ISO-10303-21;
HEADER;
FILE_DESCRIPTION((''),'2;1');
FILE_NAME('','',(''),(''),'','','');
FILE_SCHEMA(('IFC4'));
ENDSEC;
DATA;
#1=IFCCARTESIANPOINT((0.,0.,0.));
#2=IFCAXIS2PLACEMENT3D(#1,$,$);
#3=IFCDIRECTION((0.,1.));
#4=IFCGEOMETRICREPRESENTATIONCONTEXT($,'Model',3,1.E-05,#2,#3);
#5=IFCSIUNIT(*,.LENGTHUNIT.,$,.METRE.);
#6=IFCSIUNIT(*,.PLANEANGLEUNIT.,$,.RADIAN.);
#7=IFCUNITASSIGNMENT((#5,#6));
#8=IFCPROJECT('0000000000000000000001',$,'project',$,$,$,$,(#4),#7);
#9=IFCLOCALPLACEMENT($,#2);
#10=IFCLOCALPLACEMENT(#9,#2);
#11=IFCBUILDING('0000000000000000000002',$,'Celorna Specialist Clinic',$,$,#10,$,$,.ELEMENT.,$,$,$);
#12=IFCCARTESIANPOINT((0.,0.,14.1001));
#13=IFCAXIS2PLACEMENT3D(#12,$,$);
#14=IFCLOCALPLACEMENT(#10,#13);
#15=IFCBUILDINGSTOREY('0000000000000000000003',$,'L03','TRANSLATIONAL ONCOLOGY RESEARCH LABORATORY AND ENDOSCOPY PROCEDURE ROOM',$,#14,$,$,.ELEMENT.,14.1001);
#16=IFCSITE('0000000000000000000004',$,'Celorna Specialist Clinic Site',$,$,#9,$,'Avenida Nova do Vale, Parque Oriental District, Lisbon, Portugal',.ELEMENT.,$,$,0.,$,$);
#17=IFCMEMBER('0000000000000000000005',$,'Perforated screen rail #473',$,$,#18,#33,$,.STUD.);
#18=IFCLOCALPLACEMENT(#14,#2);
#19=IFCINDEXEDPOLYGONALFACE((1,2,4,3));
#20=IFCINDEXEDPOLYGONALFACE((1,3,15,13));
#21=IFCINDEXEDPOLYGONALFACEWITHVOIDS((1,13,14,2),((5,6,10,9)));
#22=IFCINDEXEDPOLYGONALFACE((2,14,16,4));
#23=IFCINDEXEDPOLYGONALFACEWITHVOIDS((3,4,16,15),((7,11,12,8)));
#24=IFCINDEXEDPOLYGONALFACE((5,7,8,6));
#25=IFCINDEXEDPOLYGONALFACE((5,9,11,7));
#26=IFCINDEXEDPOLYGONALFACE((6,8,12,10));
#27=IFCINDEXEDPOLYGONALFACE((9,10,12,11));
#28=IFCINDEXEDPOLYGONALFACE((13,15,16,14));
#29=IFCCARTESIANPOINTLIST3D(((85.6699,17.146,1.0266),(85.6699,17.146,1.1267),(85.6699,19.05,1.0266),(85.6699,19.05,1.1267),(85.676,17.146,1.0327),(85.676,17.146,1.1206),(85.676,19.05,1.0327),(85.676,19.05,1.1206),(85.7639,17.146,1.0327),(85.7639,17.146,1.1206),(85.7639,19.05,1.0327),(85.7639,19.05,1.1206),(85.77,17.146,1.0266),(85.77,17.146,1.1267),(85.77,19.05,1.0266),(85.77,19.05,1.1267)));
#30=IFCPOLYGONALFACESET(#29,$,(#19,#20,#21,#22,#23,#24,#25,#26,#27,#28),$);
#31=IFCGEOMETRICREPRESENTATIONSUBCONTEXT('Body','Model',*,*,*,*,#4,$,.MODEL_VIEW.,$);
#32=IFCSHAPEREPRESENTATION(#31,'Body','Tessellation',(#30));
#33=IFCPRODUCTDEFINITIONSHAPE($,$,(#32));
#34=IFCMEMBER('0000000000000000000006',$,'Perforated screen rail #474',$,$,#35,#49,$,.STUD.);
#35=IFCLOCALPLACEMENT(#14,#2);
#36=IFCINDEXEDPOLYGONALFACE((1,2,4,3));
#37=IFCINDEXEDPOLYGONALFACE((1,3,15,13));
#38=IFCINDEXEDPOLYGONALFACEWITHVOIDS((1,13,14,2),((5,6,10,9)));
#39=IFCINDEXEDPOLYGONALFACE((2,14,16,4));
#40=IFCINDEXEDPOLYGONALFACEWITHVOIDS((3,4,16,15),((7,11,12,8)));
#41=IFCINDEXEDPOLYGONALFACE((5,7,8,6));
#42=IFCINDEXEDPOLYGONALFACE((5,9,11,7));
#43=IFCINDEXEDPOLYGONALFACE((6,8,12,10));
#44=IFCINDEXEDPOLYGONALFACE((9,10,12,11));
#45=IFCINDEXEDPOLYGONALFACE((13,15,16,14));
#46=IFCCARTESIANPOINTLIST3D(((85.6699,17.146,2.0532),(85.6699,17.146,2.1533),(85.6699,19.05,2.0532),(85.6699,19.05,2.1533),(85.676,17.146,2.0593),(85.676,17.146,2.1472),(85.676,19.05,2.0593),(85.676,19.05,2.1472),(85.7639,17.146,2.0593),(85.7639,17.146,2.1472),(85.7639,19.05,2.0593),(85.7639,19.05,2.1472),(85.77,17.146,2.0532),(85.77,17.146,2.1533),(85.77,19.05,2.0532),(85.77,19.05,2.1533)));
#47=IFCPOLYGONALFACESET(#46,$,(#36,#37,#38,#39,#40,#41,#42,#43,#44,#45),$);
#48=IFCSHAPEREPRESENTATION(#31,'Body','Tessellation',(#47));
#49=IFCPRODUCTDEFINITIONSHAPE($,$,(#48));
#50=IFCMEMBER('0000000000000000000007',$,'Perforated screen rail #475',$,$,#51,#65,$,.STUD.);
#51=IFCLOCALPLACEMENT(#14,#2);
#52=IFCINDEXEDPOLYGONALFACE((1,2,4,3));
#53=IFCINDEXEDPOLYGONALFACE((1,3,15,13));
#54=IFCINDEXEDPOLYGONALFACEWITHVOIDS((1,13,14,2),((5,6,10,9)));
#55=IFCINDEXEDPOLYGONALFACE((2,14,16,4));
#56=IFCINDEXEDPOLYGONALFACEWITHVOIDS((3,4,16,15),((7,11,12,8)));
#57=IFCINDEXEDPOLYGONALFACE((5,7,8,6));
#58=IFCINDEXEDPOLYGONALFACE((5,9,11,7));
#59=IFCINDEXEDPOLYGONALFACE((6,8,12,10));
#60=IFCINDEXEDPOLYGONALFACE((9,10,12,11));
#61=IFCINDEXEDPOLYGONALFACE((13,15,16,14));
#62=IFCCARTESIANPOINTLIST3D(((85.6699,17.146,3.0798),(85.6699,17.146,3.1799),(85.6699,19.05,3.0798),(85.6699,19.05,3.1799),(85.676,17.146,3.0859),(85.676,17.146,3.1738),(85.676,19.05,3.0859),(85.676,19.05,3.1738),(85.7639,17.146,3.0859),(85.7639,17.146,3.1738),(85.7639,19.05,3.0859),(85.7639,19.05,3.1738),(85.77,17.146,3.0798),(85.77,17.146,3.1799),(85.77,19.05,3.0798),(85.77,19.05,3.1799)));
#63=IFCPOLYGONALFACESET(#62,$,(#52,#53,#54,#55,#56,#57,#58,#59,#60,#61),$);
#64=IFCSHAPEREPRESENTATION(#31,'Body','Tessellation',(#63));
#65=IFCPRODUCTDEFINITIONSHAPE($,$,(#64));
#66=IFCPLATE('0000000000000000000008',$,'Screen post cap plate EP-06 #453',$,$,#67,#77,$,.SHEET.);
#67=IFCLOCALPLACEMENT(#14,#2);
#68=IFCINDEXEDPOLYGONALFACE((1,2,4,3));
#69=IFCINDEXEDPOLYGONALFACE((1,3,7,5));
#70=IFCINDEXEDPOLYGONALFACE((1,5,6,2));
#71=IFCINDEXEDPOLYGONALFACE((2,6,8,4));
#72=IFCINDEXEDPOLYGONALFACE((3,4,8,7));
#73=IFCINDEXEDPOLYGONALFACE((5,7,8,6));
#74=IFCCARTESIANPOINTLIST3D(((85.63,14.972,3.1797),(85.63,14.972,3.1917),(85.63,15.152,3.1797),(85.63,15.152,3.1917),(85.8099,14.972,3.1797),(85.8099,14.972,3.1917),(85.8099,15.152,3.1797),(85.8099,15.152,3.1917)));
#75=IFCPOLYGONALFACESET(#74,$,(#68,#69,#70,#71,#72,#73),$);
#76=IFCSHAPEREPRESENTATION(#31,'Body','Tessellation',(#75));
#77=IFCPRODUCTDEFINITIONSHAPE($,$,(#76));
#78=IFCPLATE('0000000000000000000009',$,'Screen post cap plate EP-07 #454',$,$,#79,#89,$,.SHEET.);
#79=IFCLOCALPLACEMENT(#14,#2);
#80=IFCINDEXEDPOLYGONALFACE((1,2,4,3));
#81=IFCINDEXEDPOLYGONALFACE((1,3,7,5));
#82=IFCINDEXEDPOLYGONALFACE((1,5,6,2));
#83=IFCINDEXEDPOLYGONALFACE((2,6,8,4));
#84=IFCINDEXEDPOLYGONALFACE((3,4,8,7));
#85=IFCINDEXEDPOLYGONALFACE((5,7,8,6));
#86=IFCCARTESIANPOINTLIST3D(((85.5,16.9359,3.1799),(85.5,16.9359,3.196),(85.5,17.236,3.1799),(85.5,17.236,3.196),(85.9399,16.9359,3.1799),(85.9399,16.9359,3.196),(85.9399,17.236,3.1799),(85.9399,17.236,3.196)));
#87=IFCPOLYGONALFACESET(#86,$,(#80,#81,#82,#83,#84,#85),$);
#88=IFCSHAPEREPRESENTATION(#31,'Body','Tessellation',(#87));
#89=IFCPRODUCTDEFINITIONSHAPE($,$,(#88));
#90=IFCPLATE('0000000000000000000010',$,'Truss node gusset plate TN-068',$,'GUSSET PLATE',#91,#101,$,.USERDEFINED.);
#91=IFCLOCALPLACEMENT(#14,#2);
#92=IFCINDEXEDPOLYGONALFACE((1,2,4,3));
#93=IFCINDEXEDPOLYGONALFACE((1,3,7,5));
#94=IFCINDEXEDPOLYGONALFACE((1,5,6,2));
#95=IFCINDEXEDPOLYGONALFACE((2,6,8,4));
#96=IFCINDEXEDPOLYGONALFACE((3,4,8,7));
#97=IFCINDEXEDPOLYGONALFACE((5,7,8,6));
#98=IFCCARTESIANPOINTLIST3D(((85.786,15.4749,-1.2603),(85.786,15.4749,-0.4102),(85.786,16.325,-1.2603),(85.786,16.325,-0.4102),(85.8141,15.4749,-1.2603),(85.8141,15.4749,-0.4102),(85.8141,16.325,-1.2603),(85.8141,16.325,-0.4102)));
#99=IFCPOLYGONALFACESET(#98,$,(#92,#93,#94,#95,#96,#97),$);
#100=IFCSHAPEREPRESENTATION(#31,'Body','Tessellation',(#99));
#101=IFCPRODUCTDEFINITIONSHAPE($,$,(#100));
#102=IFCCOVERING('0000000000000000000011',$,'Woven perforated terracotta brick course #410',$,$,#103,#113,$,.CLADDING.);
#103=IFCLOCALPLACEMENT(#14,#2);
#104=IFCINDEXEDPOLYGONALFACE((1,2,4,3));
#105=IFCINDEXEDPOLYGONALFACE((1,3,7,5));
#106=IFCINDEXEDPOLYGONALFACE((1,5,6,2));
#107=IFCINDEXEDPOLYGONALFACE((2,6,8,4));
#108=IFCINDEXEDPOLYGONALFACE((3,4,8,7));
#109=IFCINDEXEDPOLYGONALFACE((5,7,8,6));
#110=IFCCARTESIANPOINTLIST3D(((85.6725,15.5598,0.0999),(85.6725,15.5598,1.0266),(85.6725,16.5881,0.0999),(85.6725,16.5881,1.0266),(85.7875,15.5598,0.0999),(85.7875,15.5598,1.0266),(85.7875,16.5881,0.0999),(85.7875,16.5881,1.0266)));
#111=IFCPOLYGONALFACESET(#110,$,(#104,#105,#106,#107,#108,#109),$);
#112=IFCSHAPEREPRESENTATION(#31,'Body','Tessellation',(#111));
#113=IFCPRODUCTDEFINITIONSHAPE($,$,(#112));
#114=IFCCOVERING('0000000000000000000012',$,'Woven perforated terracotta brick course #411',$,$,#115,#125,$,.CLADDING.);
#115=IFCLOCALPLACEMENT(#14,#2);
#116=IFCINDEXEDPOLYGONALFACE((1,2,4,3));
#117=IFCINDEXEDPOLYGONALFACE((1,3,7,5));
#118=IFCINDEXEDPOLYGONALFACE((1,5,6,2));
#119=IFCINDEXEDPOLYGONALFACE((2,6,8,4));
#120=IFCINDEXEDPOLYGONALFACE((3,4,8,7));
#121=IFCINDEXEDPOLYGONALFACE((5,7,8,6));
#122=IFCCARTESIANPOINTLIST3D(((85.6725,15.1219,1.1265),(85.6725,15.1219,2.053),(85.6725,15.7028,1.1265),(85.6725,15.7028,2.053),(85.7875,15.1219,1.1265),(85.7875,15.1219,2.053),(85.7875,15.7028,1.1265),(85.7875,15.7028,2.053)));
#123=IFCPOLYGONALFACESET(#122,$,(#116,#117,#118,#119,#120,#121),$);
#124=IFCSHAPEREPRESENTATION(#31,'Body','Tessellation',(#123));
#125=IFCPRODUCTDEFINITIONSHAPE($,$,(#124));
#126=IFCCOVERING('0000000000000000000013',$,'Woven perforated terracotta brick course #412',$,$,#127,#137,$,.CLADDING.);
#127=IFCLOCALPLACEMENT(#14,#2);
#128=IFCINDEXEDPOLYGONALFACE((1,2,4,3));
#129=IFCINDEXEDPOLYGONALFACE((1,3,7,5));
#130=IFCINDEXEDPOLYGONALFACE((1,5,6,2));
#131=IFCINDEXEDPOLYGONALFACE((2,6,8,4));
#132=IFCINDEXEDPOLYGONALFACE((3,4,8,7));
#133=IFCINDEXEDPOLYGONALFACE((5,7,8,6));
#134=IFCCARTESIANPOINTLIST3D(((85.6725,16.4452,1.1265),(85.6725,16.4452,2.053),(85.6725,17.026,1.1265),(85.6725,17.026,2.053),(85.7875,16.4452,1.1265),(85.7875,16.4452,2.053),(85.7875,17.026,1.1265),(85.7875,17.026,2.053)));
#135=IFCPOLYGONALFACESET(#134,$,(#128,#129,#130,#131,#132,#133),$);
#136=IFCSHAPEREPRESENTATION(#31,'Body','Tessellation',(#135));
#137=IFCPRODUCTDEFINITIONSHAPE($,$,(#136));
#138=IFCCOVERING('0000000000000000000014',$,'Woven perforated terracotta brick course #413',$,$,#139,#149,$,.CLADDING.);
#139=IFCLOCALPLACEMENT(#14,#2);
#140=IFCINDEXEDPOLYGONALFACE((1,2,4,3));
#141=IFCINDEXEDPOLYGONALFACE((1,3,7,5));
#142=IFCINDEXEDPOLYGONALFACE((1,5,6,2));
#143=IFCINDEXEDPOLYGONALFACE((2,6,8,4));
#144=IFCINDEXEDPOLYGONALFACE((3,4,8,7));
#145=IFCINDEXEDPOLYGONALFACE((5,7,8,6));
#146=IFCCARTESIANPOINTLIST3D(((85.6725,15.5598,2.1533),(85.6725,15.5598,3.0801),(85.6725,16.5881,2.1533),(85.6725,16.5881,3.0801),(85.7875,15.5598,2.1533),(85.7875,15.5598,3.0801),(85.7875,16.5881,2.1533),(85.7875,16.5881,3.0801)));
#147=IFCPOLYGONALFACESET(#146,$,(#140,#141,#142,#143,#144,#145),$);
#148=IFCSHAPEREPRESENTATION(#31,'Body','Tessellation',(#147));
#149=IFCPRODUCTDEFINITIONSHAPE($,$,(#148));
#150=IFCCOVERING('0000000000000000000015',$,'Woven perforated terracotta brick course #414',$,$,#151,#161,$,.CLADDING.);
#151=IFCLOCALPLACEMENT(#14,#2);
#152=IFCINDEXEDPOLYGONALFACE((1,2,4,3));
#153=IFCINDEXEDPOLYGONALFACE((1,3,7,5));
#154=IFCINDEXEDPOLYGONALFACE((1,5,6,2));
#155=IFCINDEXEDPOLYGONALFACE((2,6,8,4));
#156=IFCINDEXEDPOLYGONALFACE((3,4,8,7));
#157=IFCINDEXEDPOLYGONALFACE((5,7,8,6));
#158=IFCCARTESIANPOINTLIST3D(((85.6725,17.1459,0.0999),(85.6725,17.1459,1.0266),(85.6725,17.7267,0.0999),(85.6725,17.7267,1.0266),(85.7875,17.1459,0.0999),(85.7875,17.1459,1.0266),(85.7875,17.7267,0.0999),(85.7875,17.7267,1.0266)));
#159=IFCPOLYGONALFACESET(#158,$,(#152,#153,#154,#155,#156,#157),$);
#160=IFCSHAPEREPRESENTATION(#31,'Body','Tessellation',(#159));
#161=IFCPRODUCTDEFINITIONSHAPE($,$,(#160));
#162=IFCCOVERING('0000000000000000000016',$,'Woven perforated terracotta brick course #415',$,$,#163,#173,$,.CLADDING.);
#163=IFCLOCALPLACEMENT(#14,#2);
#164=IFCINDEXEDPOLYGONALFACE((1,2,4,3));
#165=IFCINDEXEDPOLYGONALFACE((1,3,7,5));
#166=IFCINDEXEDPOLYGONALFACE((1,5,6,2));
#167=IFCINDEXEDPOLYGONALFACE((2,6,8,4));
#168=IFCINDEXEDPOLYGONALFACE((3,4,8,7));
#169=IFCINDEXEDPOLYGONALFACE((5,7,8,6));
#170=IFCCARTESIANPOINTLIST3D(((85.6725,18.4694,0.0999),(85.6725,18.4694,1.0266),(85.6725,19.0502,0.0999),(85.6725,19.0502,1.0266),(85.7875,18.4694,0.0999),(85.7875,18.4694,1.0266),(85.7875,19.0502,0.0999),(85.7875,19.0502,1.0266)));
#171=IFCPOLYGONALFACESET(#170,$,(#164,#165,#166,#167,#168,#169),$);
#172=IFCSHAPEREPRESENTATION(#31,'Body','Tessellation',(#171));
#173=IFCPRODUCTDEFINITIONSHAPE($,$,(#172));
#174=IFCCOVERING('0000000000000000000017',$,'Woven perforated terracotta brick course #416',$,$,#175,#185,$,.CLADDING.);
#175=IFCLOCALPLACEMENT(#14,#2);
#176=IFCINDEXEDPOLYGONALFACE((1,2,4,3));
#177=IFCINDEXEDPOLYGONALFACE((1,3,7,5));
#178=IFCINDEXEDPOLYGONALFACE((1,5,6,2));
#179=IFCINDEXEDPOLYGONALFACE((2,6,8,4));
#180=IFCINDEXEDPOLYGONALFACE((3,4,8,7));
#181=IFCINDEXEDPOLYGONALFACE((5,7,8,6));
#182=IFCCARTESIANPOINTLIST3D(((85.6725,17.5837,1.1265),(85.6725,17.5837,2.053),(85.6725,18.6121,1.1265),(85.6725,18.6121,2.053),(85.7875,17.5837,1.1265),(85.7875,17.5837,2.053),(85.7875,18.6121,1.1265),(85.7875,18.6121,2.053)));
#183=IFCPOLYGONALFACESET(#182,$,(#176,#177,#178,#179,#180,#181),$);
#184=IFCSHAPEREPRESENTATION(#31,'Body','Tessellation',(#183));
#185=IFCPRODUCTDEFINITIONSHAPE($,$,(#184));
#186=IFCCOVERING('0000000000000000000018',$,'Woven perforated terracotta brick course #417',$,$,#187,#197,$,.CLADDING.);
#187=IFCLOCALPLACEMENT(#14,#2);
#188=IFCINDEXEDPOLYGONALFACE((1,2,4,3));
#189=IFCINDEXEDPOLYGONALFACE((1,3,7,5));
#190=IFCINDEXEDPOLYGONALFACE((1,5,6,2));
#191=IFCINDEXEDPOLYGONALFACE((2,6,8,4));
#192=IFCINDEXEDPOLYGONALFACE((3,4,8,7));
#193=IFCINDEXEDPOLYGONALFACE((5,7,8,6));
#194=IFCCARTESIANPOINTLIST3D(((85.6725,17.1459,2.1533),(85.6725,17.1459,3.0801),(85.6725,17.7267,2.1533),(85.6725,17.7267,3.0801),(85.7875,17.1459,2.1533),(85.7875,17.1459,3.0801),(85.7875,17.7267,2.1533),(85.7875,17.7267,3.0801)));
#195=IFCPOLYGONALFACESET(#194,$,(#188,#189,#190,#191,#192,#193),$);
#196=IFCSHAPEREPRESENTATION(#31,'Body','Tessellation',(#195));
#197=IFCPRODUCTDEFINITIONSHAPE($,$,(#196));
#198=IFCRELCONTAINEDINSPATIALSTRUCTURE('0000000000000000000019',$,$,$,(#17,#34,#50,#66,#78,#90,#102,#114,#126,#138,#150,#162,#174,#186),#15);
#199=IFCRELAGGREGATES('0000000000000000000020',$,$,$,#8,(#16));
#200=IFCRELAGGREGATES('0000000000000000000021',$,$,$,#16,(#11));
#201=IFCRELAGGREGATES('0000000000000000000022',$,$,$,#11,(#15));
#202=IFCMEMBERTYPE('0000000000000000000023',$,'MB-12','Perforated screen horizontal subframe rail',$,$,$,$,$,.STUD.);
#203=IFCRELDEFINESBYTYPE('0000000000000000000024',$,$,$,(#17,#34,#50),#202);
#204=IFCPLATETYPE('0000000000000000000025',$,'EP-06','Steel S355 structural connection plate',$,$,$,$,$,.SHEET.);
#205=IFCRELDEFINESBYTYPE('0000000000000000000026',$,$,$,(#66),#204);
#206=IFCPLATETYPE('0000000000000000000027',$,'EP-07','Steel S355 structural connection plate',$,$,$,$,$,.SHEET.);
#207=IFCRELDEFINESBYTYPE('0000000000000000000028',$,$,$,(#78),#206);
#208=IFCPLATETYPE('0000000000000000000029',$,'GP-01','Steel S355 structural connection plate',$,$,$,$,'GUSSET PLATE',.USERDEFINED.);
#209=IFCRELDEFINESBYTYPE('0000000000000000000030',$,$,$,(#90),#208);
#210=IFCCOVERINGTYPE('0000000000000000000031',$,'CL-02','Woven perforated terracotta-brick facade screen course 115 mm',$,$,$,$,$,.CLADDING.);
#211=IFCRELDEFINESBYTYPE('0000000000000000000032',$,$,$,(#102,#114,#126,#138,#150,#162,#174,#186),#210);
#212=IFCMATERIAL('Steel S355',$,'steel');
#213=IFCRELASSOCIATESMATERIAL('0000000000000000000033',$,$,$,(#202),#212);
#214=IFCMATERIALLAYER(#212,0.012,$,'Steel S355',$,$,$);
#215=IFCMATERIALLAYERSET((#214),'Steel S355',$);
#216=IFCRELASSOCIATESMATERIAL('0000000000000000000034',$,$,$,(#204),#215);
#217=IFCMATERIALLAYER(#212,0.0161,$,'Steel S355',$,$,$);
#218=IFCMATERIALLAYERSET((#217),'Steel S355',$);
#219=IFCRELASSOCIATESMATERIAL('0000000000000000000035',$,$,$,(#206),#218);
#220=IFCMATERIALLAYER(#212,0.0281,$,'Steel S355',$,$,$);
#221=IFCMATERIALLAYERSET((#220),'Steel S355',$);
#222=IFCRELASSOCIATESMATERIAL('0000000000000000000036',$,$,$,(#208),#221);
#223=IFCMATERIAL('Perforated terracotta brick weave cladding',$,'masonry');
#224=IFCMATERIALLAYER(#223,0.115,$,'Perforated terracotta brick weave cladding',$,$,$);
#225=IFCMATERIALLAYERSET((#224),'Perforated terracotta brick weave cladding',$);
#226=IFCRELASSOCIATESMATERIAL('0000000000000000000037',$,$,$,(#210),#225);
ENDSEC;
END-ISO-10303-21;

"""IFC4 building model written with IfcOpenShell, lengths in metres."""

from ifc_helpers import new_model, si_unit, direction, frame, origin, origin_2d, place, context, subcontext, project, spatial, rectangle, hollow_rectangle, extrude, material, layer, layer_set, material_profile, profile_set, type_object, element, save


model = new_model("IFC4")

# Units and contexts
model_context = context("Model", 3, precision=1e-05, world=origin(), true_north=direction((0.0, 1.0)))
body_context = subcontext(model_context, "Body", "Model", "MODEL_VIEW")
ifc_project = project(units=[si_unit("LENGTHUNIT", "METRE"), si_unit("PLANEANGLEUNIT", "RADIAN")], contexts=[model_context])

# Site, building, storey
site_placement = place(None, origin())
site = spatial("IfcSite", under=ifc_project, at=site_placement, Name="Celorna Specialist Clinic Site", LongName="Avenida Nova do Vale, Parque Oriental District, Lisbon, Portugal", CompositionType="ELEMENT", RefElevation=0.0)
building_placement = place(site_placement, origin())
building = spatial("IfcBuilding", under=site, at=building_placement, Name="Celorna Specialist Clinic", CompositionType="ELEMENT")
storey_placement = place(building_placement, frame((0.0, 0.0, 14.1001)))
storey = spatial("IfcBuildingStorey", under=building, at=storey_placement, Name="L03", Description="TRANSLATIONAL ONCOLOGY RESEARCH LABORATORY AND ENDOSCOPY PROCEDURE ROOM", CompositionType="ELEMENT", Elevation=14.1001)

# Members
ifc_material_1 = material(Name="Steel S355", Category="steel")
ifc_material_profile_1 = material_profile(ifc_material_1, hollow_rectangle(XDim=0.1001, YDim=0.1001, WallThickness=0.0061, at=origin_2d()), Name="SHS 100x100x6")
ifc_profile_set_1 = profile_set([ifc_material_profile_1], Name="Steel S355")
member_type_1 = type_object("IfcMemberType", Name="MB-12", Description="Perforated screen horizontal subframe rail", PredefinedType="STUD", material=ifc_profile_set_1)
for number, where, z_axis, x_axis, name in (
    (1, (85.72, 17.146, 1.0767), (0.0, 1.0, 0.0), (-1.0, 0.0, 0.0), "Perforated screen rail #473"),
    (2, (85.72, 17.146, 2.1033), (0.0, 1.0, 0.0), (-1.0, 0.0, 0.0), "Perforated screen rail #474"),
    (3, (85.72, 17.146, 3.1299), (0.0, 1.0, 0.0), (-1.0, 0.0, 0.0), "Perforated screen rail #475"),
):
    element("IfcMember", number, at=place(storey_placement, frame(where, z_axis=z_axis, x_axis=x_axis)), inside=storey, type_object=member_type_1, Name=name, PredefinedType="STUD", context=body_context, shape_type="SweptSolid", body=[
        extrude(hollow_rectangle(XDim=0.1001, YDim=0.1001, WallThickness=0.0061, at=origin_2d()), origin(), (0.0, 0.0, 1.0), 1.9041),
    ])

# Plates
ifc_layer_1 = layer(ifc_material_1, 0.012, Name="Steel S355")
ifc_layer_set_1 = layer_set([ifc_layer_1], Name="Steel S355")
plate_type_1 = type_object("IfcPlateType", Name="EP-06", Description="Steel S355 structural connection plate", PredefinedType="SHEET", material=ifc_layer_set_1)
plate_1_placement = place(storey_placement, frame((85.72, 15.062, 3.1797), z_axis=(0.0, 0.0, 1.0), x_axis=(0.0, 1.0, 0.0)))
element("IfcPlate", 4, at=plate_1_placement, inside=storey, type_object=plate_type_1, Name="Screen post cap plate EP-06 #453", PredefinedType="SHEET", context=body_context, shape_type="SweptSolid", body=[
    extrude(rectangle(XDim=0.1799, YDim=0.1799, at=origin_2d()), origin(), (0.0, 0.0, 1.0), 0.012),
])
ifc_layer_2 = layer(ifc_material_1, 0.0161, Name="Steel S355")
ifc_layer_set_2 = layer_set([ifc_layer_2], Name="Steel S355")
plate_type_2 = type_object("IfcPlateType", Name="EP-07", Description="Steel S355 structural connection plate", PredefinedType="SHEET", material=ifc_layer_set_2)
plate_2_placement = place(storey_placement, frame((85.72, 17.0859, 3.1799), z_axis=(0.0, 0.0, 1.0), x_axis=(0.0, 1.0, 0.0)))
element("IfcPlate", 5, at=plate_2_placement, inside=storey, type_object=plate_type_2, Name="Screen post cap plate EP-07 #454", PredefinedType="SHEET", context=body_context, shape_type="SweptSolid", body=[
    extrude(rectangle(XDim=0.3, YDim=0.4399, at=origin_2d()), origin(), (0.0, 0.0, 1.0), 0.0161),
])
ifc_layer_3 = layer(ifc_material_1, 0.0281, Name="Steel S355")
ifc_layer_set_3 = layer_set([ifc_layer_3], Name="Steel S355")
plate_type_3 = type_object("IfcPlateType", Name="GP-01", Description="Steel S355 structural connection plate", ElementType="GUSSET PLATE", PredefinedType="USERDEFINED", material=ifc_layer_set_3)
plate_3_placement = place(storey_placement, frame((85.8, 15.8999, -1.2603), z_axis=(0.0, 0.0, 1.0), x_axis=(0.0, 1.0, 0.0)))
element("IfcPlate", 6, at=plate_3_placement, inside=storey, type_object=plate_type_3, Name="Truss node gusset plate TN-068", ObjectType="GUSSET PLATE", PredefinedType="USERDEFINED", context=body_context, shape_type="SweptSolid", body=[
    extrude(rectangle(XDim=0.8501, YDim=0.0281, at=origin_2d()), origin(), (0.0, 0.0, 1.0), 0.8501),
])

# Coverings
ifc_material_2 = material(Name="Perforated terracotta brick weave cladding", Category="masonry")
ifc_layer_4 = layer(ifc_material_2, 0.115, Name="Perforated terracotta brick weave cladding")
ifc_layer_set_4 = layer_set([ifc_layer_4], Name="Perforated terracotta brick weave cladding")
covering_type = type_object("IfcCoveringType", Name="CL-02", Description="Woven perforated terracotta-brick facade screen course 115 mm", PredefinedType="CLADDING", material=ifc_layer_set_4)
covering_1_placement = place(storey_placement, frame((85.73, 16.074, 0.0999), z_axis=(0.0, 0.0, 1.0), x_axis=(0.0, 1.0, 0.0)))
element("IfcCovering", 7, at=covering_1_placement, inside=storey, type_object=covering_type, Name="Woven perforated terracotta brick course #410", PredefinedType="CLADDING", context=body_context, shape_type="SweptSolid", body=[
    extrude(rectangle(XDim=1.0283, YDim=0.115, at=origin_2d()), origin(), (0.0, 0.0, 1.0), 0.9268),
])
for number, where, z_axis, x_axis, name in (
    (8, (85.73, 15.4124, 1.1265), (0.0, 0.0, 1.0), (0.0, 1.0, 0.0), "Woven perforated terracotta brick course #411"),
    (9, (85.73, 16.7356, 1.1265), (0.0, 0.0, 1.0), (0.0, 1.0, 0.0), "Woven perforated terracotta brick course #412"),
):
    element("IfcCovering", number, at=place(storey_placement, frame(where, z_axis=z_axis, x_axis=x_axis)), inside=storey, type_object=covering_type, Name=name, PredefinedType="CLADDING", context=body_context, shape_type="SweptSolid", body=[
        extrude(rectangle(XDim=0.5808, YDim=0.115, at=origin_2d()), origin(), (0.0, 0.0, 1.0), 0.9265),
    ])
covering_2_placement = place(storey_placement, frame((85.73, 16.074, 2.1533), z_axis=(0.0, 0.0, 1.0), x_axis=(0.0, 1.0, 0.0)))
element("IfcCovering", 10, at=covering_2_placement, inside=storey, type_object=covering_type, Name="Woven perforated terracotta brick course #413", PredefinedType="CLADDING", context=body_context, shape_type="SweptSolid", body=[
    extrude(rectangle(XDim=1.0283, YDim=0.115, at=origin_2d()), origin(), (0.0, 0.0, 1.0), 0.9268),
])
for number, where, z_axis, x_axis, name in (
    (11, (85.73, 17.4363, 0.0999), (0.0, 0.0, 1.0), (0.0, 1.0, 0.0), "Woven perforated terracotta brick course #414"),
    (12, (85.73, 18.7598, 0.0999), (0.0, 0.0, 1.0), (0.0, 1.0, 0.0), "Woven perforated terracotta brick course #415"),
):
    element("IfcCovering", number, at=place(storey_placement, frame(where, z_axis=z_axis, x_axis=x_axis)), inside=storey, type_object=covering_type, Name=name, PredefinedType="CLADDING", context=body_context, shape_type="SweptSolid", body=[
        extrude(rectangle(XDim=0.5808, YDim=0.115, at=origin_2d()), origin(), (0.0, 0.0, 1.0), 0.9268),
    ])
covering_3_placement = place(storey_placement, frame((85.73, 18.0979, 1.1265), z_axis=(0.0, 0.0, 1.0), x_axis=(0.0, 1.0, 0.0)))
element("IfcCovering", 13, at=covering_3_placement, inside=storey, type_object=covering_type, Name="Woven perforated terracotta brick course #416", PredefinedType="CLADDING", context=body_context, shape_type="SweptSolid", body=[
    extrude(rectangle(XDim=1.0283, YDim=0.115, at=origin_2d()), origin(), (0.0, 0.0, 1.0), 0.9265),
])
for number, where, z_axis, x_axis, name in (
    (14, (85.73, 17.4363, 2.1533), (0.0, 0.0, 1.0), (0.0, 1.0, 0.0), "Woven perforated terracotta brick course #417"),
):
    element("IfcCovering", number, at=place(storey_placement, frame(where, z_axis=z_axis, x_axis=x_axis)), inside=storey, type_object=covering_type, Name=name, PredefinedType="CLADDING", context=body_context, shape_type="SweptSolid", body=[
        extrude(rectangle(XDim=0.5808, YDim=0.115, at=origin_2d()), origin(), (0.0, 0.0, 1.0), 0.9268),
    ])

save(model, "model.ifc")
